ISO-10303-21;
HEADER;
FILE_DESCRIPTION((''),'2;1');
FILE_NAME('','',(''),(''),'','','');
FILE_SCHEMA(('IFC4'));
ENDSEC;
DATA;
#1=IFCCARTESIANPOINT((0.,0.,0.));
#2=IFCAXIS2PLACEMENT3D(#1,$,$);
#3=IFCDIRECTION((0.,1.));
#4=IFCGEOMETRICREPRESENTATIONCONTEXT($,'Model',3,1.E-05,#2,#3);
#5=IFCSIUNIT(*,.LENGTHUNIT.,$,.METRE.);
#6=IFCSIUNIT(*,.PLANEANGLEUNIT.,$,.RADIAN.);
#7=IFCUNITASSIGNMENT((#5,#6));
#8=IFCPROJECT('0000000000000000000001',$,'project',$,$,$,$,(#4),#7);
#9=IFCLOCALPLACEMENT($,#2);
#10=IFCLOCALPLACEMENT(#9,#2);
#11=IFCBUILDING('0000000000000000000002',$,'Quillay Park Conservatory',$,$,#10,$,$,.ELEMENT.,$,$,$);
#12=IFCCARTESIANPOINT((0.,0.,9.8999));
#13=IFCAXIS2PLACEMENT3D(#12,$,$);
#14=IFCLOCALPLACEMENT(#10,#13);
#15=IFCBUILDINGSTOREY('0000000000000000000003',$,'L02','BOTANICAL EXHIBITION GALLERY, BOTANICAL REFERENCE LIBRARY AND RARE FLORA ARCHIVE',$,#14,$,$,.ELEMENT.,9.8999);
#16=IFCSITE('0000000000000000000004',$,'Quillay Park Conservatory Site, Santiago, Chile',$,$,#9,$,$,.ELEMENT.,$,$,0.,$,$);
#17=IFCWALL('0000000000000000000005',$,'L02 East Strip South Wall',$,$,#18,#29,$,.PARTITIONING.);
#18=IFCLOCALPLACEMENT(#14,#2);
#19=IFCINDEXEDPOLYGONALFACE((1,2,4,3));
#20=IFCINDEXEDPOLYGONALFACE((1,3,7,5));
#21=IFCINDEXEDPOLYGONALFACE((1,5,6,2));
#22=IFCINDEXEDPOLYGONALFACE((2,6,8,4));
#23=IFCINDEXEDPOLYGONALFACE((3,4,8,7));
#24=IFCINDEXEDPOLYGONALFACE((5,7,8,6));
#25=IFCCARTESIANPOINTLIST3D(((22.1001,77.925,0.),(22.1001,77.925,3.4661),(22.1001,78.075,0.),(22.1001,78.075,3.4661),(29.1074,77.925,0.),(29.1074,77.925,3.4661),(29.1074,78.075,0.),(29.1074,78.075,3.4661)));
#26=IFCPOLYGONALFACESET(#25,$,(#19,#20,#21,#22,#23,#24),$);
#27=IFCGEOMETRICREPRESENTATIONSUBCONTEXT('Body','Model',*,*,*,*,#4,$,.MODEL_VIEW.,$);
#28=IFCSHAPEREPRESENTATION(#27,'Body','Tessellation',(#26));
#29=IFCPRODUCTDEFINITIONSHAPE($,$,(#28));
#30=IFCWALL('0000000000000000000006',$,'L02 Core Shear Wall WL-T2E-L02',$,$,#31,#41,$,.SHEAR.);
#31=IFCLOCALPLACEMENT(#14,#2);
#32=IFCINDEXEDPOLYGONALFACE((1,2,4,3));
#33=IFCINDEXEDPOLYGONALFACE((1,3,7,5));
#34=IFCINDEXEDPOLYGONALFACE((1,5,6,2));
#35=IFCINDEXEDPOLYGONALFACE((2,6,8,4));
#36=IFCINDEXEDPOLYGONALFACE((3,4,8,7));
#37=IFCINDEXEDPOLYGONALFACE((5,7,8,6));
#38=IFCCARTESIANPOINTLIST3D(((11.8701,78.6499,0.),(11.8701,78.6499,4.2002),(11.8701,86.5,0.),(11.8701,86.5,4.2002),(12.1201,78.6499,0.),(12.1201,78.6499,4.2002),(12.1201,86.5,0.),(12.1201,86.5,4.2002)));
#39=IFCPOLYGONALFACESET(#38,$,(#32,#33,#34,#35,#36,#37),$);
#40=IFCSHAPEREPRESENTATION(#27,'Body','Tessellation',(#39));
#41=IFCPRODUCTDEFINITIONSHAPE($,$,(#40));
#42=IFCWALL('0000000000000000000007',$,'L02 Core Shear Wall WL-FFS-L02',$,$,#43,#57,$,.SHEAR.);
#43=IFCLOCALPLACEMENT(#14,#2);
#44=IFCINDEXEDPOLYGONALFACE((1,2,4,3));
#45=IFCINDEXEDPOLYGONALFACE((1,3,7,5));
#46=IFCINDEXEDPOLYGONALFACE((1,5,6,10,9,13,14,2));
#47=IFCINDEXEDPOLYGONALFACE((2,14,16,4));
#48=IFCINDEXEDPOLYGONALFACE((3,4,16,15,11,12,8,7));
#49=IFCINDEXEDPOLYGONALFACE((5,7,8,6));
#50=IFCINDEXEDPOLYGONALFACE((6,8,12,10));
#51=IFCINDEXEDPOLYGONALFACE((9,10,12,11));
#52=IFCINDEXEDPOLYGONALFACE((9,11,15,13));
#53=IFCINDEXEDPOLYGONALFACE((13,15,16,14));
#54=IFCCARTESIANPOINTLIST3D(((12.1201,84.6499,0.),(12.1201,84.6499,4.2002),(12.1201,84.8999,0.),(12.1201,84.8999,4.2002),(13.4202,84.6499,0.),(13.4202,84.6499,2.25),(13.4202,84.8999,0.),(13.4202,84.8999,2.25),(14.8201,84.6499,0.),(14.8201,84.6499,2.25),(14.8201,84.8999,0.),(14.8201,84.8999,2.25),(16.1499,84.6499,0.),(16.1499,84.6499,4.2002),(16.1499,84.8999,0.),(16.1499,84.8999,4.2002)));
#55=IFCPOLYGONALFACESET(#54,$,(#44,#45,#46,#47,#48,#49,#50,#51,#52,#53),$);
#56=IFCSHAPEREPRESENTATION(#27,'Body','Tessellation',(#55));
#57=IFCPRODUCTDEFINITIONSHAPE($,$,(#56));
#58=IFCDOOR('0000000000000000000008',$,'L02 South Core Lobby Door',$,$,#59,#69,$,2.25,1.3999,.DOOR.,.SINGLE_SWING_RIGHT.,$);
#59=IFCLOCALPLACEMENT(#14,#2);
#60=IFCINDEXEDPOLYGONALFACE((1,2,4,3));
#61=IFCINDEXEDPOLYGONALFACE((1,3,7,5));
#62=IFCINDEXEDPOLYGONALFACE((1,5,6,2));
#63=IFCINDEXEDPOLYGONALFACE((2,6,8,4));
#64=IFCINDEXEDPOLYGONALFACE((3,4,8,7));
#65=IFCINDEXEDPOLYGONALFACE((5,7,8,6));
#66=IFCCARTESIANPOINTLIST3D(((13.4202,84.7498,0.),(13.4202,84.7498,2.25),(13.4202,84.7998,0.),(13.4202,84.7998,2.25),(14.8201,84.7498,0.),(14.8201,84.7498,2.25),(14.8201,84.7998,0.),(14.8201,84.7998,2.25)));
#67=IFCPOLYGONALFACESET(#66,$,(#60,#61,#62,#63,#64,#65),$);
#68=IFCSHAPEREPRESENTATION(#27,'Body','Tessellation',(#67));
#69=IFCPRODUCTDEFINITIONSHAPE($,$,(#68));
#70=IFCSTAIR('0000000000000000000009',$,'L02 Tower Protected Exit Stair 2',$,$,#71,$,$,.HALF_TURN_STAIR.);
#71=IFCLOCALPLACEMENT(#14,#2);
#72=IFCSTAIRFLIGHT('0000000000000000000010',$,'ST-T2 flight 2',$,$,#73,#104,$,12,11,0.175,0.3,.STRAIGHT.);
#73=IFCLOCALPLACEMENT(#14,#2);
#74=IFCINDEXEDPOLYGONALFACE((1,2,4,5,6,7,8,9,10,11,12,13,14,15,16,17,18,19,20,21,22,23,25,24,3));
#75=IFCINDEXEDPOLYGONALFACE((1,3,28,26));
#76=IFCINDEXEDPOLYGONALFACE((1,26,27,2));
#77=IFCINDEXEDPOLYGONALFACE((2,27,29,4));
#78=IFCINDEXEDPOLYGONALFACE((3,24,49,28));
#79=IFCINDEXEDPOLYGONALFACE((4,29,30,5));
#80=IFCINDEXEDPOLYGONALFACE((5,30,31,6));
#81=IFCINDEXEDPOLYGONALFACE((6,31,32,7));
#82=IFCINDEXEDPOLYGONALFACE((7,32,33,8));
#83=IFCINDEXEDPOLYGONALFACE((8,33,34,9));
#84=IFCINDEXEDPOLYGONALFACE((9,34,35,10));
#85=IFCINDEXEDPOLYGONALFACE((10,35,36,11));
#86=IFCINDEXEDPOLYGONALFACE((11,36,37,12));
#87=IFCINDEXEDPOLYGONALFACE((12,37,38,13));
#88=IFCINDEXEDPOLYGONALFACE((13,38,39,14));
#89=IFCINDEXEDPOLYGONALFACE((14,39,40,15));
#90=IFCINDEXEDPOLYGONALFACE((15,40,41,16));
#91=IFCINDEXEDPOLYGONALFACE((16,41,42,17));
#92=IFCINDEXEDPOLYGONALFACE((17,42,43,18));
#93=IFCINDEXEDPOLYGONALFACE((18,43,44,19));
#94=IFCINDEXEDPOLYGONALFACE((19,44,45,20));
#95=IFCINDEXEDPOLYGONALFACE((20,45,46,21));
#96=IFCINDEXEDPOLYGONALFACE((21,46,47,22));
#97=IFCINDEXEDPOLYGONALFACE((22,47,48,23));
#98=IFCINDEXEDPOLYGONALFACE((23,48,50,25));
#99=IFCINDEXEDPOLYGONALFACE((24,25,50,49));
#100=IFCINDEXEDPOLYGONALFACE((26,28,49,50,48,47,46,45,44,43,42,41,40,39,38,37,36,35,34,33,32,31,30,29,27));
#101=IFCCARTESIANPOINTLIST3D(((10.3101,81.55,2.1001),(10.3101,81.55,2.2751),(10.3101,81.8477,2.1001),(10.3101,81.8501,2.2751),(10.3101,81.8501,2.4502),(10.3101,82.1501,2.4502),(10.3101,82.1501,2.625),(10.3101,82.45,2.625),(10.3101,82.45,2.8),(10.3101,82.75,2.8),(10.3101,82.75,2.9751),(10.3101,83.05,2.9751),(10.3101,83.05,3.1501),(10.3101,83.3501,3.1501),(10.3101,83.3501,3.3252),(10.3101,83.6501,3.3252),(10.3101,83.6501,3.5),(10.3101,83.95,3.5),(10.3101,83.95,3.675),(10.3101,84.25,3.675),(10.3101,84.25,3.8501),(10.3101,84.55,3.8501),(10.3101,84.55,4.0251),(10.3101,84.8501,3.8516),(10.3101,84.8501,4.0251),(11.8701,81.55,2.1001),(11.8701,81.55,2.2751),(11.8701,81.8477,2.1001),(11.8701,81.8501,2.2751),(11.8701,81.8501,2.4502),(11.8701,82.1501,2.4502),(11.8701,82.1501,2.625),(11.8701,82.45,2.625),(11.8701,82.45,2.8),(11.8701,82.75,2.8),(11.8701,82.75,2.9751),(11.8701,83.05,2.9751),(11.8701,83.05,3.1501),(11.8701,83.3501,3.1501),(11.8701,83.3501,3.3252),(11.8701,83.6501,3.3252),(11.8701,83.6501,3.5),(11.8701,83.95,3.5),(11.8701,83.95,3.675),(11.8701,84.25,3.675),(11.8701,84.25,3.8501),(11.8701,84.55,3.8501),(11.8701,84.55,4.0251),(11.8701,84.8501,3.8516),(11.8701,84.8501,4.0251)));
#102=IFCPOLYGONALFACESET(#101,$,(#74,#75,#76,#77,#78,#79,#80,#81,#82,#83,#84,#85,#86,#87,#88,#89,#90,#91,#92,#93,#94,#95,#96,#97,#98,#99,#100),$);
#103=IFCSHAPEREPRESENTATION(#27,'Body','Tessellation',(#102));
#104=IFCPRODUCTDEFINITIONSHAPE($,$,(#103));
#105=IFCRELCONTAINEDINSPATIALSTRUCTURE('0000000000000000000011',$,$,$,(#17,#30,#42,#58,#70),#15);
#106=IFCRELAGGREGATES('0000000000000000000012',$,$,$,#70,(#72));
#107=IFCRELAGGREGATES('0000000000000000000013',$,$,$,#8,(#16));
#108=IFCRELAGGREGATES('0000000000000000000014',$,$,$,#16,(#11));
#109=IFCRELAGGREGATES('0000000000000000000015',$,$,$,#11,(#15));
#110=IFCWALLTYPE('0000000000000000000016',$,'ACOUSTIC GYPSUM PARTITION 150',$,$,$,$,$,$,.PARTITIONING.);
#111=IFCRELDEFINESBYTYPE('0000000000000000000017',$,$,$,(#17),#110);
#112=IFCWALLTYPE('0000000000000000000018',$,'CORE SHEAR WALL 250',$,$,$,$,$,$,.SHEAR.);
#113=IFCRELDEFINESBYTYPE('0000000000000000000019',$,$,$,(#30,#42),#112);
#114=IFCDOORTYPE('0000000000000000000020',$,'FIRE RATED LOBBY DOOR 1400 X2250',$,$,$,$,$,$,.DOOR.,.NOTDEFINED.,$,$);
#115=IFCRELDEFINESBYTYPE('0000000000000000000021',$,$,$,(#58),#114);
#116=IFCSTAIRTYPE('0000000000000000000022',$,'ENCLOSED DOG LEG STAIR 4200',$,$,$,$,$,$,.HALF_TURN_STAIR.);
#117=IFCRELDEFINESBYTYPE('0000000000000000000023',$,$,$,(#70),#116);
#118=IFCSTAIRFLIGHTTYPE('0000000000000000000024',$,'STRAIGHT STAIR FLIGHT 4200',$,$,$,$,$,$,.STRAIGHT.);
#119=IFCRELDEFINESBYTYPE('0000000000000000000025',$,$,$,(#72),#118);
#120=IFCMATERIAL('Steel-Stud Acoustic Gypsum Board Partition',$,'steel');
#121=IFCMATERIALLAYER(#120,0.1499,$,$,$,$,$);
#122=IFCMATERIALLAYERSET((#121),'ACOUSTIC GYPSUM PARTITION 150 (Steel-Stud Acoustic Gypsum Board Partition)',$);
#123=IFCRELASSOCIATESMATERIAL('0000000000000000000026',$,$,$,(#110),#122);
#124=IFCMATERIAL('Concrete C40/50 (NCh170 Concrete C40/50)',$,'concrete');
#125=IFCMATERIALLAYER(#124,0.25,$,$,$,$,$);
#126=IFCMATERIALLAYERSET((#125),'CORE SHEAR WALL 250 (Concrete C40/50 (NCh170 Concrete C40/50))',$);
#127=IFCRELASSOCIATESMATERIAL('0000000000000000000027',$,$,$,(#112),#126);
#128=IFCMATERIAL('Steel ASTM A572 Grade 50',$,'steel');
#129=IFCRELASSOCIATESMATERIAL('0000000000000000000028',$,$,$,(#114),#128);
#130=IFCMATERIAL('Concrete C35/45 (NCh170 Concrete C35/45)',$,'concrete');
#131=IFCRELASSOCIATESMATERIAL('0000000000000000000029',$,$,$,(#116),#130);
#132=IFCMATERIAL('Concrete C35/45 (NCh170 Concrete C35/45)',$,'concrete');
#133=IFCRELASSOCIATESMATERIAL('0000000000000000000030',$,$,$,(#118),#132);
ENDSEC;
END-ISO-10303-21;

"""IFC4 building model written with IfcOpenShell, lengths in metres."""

from ifc_helpers import new_model, si_unit, direction, frame, frame_2d, origin, place, context, subcontext, project, spatial, polyline, rectangle, outline, extrude, material, layer, layer_set, type_object, element, fill, aggregate, save


model = new_model("IFC4")

# Units and contexts
model_context = context("Model", 3, precision=1e-05, world=origin(), true_north=direction((0.0, 1.0)))
body_context = subcontext(model_context, "Body", "Model", "MODEL_VIEW")
ifc_project = project(units=[si_unit("LENGTHUNIT", "METRE"), si_unit("PLANEANGLEUNIT", "RADIAN")], contexts=[model_context])

# Site, building, storey
site_placement = place(None, origin())
site = spatial("IfcSite", under=ifc_project, at=site_placement, Name="Quillay Park Conservatory Site, Santiago, Chile", CompositionType="ELEMENT", RefElevation=0.0)
building_placement = place(site_placement, origin())
building = spatial("IfcBuilding", under=site, at=building_placement, Name="Quillay Park Conservatory", CompositionType="ELEMENT")
storey_placement = place(building_placement, frame((0.0, 0.0, 9.8999)))
storey = spatial("IfcBuildingStorey", under=building, at=storey_placement, Name="L02", Description="BOTANICAL EXHIBITION GALLERY, BOTANICAL REFERENCE LIBRARY AND RARE FLORA ARCHIVE", CompositionType="ELEMENT", Elevation=9.8999)

# Walls
ifc_material_1 = material(Name="Steel-Stud Acoustic Gypsum Board Partition", Category="steel")
ifc_layer_1 = layer(ifc_material_1, 0.1499)
ifc_layer_set_1 = layer_set([ifc_layer_1], Name="ACOUSTIC GYPSUM PARTITION 150 (Steel-Stud Acoustic Gypsum Board Partition)")
wall_type_1 = type_object("IfcWallType", Name="ACOUSTIC GYPSUM PARTITION 150", PredefinedType="PARTITIONING", material=ifc_layer_set_1)
wall_1_placement = place(storey_placement, frame((22.1001, 78.0, 0.0), z_axis=(0.0, 0.0, 1.0), x_axis=(1.0, 0.0, 0.0)))
element("IfcWall", 1, at=wall_1_placement, inside=storey, type_object=wall_type_1, Name="L02 East Strip South Wall", PredefinedType="PARTITIONING", context=body_context, shape_type="SweptSolid", body=[
    extrude(rectangle(XDim=7.0073, YDim=0.1499, at=frame_2d((3.5037, 0.0))), origin(), (0.0, 0.0, 1.0), 3.4661),
])
ifc_material_2 = material(Name="Concrete C40/50 (NCh170 Concrete C40/50)", Category="concrete")
ifc_layer_2 = layer(ifc_material_2, 0.25)
ifc_layer_set_2 = layer_set([ifc_layer_2], Name="CORE SHEAR WALL 250 (Concrete C40/50 (NCh170 Concrete C40/50))")
wall_type_2 = type_object("IfcWallType", Name="CORE SHEAR WALL 250", PredefinedType="SHEAR", material=ifc_layer_set_2)
wall_2_placement = place(storey_placement, frame((11.9951, 78.6499, 0.0), z_axis=(0.0, 0.0, 1.0), x_axis=(0.0, 1.0, 0.0)))
element("IfcWall", 2, at=wall_2_placement, inside=storey, type_object=wall_type_2, Name="L02 Core Shear Wall WL-T2E-L02", PredefinedType="SHEAR", context=body_context, shape_type="SweptSolid", body=[
    extrude(rectangle(XDim=7.8501, YDim=0.25, at=frame_2d((3.925, 0.0))), origin(), (0.0, 0.0, 1.0), 4.2002),
])

# Wall, opening, door
wall_3_placement = place(storey_placement, frame((12.1201, 84.7749, 0.0), z_axis=(0.0, 0.0, 1.0), x_axis=(1.0, 0.0, 0.0)))
wall_3 = element("IfcWall", 3, at=wall_3_placement, inside=storey, type_object=wall_type_2, Name="L02 Core Shear Wall WL-FFS-L02", PredefinedType="SHEAR", context=body_context, shape_type="SweptSolid", body=[
    extrude(rectangle(XDim=4.0298, YDim=0.25, at=frame_2d((2.0149, 0.0))), origin(), (0.0, 0.0, 1.0), 4.2002),
])
opening_1_placement = place(wall_3_placement, frame((1.3, 0.0, 0.0)))
opening_1 = element("IfcOpeningElement", 4, at=opening_1_placement, cuts=wall_3, PredefinedType="OPENING", context=body_context, shape_type="SweptSolid", body=[
    extrude(rectangle(XDim=1.3999, YDim=2.25, at=frame_2d((0.7, 1.125))), frame((0.0, 0.125, 0.0), z_axis=(0.0, -1.0, 0.0), x_axis=(1.0, 0.0, 0.0)), (0.0, 0.0, 1.0), 0.25),
])
ifc_material_3 = material(Name="Steel ASTM A572 Grade 50", Category="steel")
door_type_1 = type_object("IfcDoorType", Name="FIRE RATED LOBBY DOOR 1400 X2250", OperationType="NOTDEFINED", PredefinedType="DOOR", material=ifc_material_3)
door_1_placement = place(opening_1_placement, origin())
door_1 = element("IfcDoor", 5, at=door_1_placement, inside=storey, type_object=door_type_1, Name="L02 South Core Lobby Door", OperationType="SINGLE_SWING_RIGHT", OverallHeight=2.25, OverallWidth=1.3999, PredefinedType="DOOR", context=body_context, shape_type="SweptSolid", body=[
    extrude(rectangle(XDim=1.3999, YDim=2.25, at=frame_2d((0.7, 1.125))), frame((0.0, 0.0249, 0.0), z_axis=(0.0, -1.0, 0.0), x_axis=(1.0, 0.0, 0.0)), (0.0, 0.0, 1.0), 0.05),
])
fill(opening_1, door_1)

# Stair, stair flight
ifc_material_4 = material(Name="Concrete C35/45 (NCh170 Concrete C35/45)", Category="concrete")
stair_type = type_object("IfcStairType", Name="ENCLOSED DOG LEG STAIR 4200", PredefinedType="HALF_TURN_STAIR", material=ifc_material_4)
stair_placement = place(storey_placement, origin())
stair = element("IfcStair", 6, at=stair_placement, inside=storey, type_object=stair_type, Name="L02 Tower Protected Exit Stair 2", PredefinedType="HALF_TURN_STAIR")
ifc_material_5 = material(Name="Concrete C35/45 (NCh170 Concrete C35/45)", Category="concrete")
stair_flight_type = type_object("IfcStairFlightType", Name="STRAIGHT STAIR FLIGHT 4200", PredefinedType="STRAIGHT", material=ifc_material_5)
stair_flight_placement = place(storey_placement, frame((11.0901, 81.55, 2.1001), z_axis=(0.0, 0.0, 1.0), x_axis=(0.0, 1.0, 0.0)))
stair_flight = element("IfcStairFlight", 7, at=stair_flight_placement, type_object=stair_flight_type, Name="ST-T2 flight 2", NumberOfRisers=12, NumberOfTreads=11, PredefinedType="STRAIGHT", RiserHeight=0.175, TreadLength=0.3, context=body_context, shape_type="SweptSolid", body=[
    extrude(outline(polyline([(0.0, 0.0), (0.0, 0.175), (0.3, 0.175), (0.3, 0.3501), (0.6001, 0.3501), (0.6001, 0.5249), (0.8999, 0.5249), (0.8999, 0.7), (1.2, 0.7), (1.2, 0.875), (1.5, 0.875), (1.5, 1.05), (1.8, 1.05), (1.8, 1.2251), (2.1001, 1.2251), (2.1001, 1.3999), (2.3999, 1.3999), (2.3999, 1.575), (2.7, 1.575), (2.7, 1.75), (3.0, 1.75), (3.0, 1.925), (3.3, 1.925), (3.3, 2.1001), (3.3, 1.7515), (0.2976, 0.0), (0.0, 0.0)])), frame((0.0, 0.78, 0.0), z_axis=(0.0, -1.0, 0.0), x_axis=(1.0, 0.0, 0.0)), (0.0, 0.0, 1.0), 1.5601),
])
aggregate(stair, [stair_flight])

save(model, "model.ifc")
